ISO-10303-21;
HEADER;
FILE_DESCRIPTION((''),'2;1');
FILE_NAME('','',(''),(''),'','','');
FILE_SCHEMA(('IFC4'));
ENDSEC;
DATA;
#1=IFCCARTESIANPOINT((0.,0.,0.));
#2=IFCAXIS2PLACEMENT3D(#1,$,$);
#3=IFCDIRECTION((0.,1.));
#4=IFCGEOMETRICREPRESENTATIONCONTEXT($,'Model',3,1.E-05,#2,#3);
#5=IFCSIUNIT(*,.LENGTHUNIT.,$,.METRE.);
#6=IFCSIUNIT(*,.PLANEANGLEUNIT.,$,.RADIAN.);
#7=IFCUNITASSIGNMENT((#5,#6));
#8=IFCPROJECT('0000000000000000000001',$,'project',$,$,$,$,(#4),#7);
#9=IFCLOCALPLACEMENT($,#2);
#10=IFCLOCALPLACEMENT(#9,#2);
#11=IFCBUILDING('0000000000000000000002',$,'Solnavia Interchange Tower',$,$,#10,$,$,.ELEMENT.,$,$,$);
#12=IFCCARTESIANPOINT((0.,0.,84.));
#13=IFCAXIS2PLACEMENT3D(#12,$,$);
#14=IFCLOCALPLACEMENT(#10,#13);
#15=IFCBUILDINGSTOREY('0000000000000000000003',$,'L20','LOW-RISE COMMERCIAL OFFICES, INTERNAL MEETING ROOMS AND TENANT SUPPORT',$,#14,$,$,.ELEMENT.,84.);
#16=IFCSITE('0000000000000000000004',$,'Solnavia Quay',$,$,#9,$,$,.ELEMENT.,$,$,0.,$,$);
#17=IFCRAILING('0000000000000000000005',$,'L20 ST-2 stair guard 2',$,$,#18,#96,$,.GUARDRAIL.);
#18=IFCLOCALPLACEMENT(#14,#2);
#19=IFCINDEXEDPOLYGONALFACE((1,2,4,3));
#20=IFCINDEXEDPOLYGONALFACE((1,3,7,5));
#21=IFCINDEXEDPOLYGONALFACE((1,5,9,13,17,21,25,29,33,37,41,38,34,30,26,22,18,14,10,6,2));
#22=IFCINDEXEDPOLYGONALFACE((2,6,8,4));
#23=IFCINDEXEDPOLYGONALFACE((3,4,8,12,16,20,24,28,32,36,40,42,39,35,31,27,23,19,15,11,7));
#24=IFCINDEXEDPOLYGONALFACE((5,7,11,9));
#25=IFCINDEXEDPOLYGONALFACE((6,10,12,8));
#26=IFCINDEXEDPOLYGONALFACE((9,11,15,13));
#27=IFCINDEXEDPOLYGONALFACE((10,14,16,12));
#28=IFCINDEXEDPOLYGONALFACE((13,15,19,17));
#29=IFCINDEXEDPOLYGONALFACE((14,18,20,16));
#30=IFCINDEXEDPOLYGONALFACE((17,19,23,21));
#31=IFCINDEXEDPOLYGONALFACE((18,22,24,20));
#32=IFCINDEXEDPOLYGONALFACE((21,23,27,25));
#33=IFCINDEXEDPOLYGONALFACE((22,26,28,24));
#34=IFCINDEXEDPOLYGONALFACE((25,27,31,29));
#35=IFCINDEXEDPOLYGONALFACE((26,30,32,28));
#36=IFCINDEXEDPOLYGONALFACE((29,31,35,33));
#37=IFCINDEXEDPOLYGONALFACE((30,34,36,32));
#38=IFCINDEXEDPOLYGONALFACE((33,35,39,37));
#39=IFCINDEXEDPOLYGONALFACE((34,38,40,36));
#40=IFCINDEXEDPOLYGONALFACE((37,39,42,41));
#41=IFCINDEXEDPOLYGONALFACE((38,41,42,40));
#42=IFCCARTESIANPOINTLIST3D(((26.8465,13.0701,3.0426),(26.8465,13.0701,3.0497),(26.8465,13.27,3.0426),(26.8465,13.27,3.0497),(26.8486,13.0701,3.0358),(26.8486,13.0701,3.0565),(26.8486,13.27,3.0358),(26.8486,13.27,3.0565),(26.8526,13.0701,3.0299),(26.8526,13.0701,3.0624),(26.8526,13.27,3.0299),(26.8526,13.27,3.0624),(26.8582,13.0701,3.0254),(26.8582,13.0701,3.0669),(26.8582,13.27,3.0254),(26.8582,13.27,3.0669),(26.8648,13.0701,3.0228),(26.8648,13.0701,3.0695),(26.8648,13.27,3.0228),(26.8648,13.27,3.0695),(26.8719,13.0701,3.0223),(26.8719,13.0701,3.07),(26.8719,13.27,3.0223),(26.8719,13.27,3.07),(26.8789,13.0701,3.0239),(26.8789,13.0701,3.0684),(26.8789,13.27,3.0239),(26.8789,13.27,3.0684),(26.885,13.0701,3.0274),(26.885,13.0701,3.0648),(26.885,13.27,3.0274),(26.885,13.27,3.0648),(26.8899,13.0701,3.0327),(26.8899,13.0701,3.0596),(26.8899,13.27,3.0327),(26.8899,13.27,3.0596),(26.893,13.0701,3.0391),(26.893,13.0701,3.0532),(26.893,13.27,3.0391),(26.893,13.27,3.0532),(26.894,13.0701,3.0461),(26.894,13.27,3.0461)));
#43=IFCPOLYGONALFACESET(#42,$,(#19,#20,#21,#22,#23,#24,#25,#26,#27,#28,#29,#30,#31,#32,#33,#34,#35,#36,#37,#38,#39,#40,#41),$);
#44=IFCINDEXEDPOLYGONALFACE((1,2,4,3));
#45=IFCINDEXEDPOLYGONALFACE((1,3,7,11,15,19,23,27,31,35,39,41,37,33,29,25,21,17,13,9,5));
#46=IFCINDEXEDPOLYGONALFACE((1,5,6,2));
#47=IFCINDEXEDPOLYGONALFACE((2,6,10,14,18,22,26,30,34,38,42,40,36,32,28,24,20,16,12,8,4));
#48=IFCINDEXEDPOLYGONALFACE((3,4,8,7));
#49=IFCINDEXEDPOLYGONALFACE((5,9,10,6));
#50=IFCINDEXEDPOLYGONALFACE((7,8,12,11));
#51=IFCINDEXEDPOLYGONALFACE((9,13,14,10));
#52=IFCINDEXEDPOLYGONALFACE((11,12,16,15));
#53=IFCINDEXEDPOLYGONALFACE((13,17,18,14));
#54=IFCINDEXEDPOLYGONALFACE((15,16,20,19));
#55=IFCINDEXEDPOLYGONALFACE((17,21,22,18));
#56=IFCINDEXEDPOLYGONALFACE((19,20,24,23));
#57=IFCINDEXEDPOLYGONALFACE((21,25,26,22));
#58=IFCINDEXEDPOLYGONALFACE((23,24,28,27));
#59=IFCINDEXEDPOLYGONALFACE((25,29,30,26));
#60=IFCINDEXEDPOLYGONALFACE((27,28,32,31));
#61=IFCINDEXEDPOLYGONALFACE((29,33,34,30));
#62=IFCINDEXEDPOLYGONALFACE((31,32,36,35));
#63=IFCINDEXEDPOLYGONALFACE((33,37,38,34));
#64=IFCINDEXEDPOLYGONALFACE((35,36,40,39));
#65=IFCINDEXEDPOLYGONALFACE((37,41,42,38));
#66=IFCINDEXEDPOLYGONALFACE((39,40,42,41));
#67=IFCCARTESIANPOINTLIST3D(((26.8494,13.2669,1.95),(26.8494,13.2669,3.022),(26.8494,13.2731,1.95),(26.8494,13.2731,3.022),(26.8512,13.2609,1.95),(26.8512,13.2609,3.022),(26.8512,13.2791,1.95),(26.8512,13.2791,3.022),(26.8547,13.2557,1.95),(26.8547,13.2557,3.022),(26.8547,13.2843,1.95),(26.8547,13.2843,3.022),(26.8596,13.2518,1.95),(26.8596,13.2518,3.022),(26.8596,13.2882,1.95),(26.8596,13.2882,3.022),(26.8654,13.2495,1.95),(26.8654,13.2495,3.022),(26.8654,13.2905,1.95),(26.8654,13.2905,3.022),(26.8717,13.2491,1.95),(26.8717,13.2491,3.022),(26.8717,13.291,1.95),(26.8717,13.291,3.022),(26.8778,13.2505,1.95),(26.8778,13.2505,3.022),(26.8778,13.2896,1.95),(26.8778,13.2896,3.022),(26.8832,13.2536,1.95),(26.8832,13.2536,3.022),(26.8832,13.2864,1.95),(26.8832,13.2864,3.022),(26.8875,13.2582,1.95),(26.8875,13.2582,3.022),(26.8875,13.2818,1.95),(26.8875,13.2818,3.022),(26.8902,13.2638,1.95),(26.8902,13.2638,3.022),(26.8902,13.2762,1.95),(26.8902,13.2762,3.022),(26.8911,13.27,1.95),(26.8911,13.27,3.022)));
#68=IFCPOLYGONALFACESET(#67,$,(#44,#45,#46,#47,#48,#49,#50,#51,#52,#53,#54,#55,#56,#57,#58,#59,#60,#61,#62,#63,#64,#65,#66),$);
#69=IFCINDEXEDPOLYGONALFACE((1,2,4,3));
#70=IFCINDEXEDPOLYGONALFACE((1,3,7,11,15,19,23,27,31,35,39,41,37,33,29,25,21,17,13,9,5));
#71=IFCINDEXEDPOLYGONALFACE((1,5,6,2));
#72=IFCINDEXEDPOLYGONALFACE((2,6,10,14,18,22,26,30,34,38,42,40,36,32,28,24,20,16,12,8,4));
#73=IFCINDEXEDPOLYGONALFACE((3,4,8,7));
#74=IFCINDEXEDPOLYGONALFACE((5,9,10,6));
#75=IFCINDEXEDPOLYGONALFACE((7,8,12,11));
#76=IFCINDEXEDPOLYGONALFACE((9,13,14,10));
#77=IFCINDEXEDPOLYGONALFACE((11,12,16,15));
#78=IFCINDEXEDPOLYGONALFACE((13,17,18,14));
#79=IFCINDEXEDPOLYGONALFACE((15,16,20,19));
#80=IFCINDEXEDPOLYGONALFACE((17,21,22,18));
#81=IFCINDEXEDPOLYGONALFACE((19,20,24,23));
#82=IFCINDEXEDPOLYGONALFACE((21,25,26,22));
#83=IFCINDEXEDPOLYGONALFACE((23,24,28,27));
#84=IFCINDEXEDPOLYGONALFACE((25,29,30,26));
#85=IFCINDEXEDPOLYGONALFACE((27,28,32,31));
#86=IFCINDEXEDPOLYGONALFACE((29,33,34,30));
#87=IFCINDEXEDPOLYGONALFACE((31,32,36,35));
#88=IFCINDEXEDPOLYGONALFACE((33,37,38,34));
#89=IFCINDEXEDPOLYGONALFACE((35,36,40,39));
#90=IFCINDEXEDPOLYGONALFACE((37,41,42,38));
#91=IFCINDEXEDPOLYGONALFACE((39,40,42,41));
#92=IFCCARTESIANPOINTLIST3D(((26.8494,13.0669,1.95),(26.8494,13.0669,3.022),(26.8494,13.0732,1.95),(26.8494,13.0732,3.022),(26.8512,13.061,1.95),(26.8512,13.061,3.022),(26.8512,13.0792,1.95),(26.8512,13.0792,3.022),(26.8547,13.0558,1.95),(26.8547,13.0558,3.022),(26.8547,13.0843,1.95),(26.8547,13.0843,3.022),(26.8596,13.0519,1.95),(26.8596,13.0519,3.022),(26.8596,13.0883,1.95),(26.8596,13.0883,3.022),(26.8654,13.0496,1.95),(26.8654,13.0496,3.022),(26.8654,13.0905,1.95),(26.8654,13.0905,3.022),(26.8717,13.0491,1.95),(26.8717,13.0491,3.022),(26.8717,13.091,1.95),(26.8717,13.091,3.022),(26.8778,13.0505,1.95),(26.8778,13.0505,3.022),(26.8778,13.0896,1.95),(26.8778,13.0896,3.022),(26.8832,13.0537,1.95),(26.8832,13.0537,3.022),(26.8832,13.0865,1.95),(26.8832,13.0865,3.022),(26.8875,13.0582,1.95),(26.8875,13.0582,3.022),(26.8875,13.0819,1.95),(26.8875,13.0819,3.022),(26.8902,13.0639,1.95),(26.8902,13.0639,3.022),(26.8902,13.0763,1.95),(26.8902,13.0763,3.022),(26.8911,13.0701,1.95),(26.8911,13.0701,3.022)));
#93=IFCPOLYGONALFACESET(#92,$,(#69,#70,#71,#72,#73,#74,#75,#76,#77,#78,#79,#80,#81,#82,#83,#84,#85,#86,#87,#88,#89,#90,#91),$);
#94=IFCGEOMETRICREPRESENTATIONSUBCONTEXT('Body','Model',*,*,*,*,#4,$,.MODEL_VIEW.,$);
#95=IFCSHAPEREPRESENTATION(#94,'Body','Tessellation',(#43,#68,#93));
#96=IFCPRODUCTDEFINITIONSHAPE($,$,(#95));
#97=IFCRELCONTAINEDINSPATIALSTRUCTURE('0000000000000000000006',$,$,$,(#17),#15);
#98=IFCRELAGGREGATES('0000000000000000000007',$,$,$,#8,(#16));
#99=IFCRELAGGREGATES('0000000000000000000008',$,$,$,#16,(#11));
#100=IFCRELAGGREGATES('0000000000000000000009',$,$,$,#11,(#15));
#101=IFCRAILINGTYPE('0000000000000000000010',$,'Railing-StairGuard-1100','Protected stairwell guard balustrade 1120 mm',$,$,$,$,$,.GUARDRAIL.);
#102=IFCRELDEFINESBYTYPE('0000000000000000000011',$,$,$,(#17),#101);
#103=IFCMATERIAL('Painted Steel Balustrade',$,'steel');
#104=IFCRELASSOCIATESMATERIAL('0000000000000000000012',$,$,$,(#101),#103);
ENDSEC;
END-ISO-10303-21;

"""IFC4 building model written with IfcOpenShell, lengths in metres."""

from ifc_helpers import new_model, si_unit, direction, frame, origin, origin_2d, place, context, subcontext, project, spatial, circle, extrude, material, type_object, element, save


model = new_model("IFC4")

# Units and contexts
model_context = context("Model", 3, precision=1e-05, world=origin(), true_north=direction((0.0, 1.0)))
body_context = subcontext(model_context, "Body", "Model", "MODEL_VIEW")
ifc_project = project(units=[si_unit("LENGTHUNIT", "METRE"), si_unit("PLANEANGLEUNIT", "RADIAN")], contexts=[model_context])

# Site, building, storey
site_placement = place(None, origin())
site = spatial("IfcSite", under=ifc_project, at=site_placement, Name="Solnavia Quay", CompositionType="ELEMENT", RefElevation=0.0)
building_placement = place(site_placement, origin())
building = spatial("IfcBuilding", under=site, at=building_placement, Name="Solnavia Interchange Tower", CompositionType="ELEMENT")
storey_placement = place(building_placement, frame((0.0, 0.0, 84.0)))
storey = spatial("IfcBuildingStorey", under=building, at=storey_placement, Name="L20", Description="LOW-RISE COMMERCIAL OFFICES, INTERNAL MEETING ROOMS AND TENANT SUPPORT", CompositionType="ELEMENT", Elevation=84.0)

# Railing
ifc_material_1 = material(Name="Painted Steel Balustrade", Category="steel")
railing_type_1 = type_object("IfcRailingType", Name="Railing-StairGuard-1100", Description="Protected stairwell guard balustrade 1120 mm", PredefinedType="GUARDRAIL", material=ifc_material_1)
railing_1_placement = place(storey_placement, frame((26.8701, 13.27, 1.95)))
element("IfcRailing", 1, at=railing_1_placement, inside=storey, type_object=railing_type_1, Name="L20 ST-2 stair guard 2", PredefinedType="GUARDRAIL", context=body_context, shape_type="SweptSolid", body=[
    extrude(circle(Radius=0.0239, at=origin_2d()), frame((0.0, 0.0, 1.0962), z_axis=(0.0, -1.0, 0.0), x_axis=(1.0, 0.0, 0.0)), (0.0, 0.0, 1.0), 0.2),
    extrude(circle(Radius=0.021, at=origin_2d()), origin(), (0.0, 0.0, 1.0), 1.072),
    extrude(circle(Radius=0.021, at=origin_2d()), frame((0.0, -0.2, 0.0)), (0.0, 0.0, 1.0), 1.072),
])

save(model, "model.ifc")
